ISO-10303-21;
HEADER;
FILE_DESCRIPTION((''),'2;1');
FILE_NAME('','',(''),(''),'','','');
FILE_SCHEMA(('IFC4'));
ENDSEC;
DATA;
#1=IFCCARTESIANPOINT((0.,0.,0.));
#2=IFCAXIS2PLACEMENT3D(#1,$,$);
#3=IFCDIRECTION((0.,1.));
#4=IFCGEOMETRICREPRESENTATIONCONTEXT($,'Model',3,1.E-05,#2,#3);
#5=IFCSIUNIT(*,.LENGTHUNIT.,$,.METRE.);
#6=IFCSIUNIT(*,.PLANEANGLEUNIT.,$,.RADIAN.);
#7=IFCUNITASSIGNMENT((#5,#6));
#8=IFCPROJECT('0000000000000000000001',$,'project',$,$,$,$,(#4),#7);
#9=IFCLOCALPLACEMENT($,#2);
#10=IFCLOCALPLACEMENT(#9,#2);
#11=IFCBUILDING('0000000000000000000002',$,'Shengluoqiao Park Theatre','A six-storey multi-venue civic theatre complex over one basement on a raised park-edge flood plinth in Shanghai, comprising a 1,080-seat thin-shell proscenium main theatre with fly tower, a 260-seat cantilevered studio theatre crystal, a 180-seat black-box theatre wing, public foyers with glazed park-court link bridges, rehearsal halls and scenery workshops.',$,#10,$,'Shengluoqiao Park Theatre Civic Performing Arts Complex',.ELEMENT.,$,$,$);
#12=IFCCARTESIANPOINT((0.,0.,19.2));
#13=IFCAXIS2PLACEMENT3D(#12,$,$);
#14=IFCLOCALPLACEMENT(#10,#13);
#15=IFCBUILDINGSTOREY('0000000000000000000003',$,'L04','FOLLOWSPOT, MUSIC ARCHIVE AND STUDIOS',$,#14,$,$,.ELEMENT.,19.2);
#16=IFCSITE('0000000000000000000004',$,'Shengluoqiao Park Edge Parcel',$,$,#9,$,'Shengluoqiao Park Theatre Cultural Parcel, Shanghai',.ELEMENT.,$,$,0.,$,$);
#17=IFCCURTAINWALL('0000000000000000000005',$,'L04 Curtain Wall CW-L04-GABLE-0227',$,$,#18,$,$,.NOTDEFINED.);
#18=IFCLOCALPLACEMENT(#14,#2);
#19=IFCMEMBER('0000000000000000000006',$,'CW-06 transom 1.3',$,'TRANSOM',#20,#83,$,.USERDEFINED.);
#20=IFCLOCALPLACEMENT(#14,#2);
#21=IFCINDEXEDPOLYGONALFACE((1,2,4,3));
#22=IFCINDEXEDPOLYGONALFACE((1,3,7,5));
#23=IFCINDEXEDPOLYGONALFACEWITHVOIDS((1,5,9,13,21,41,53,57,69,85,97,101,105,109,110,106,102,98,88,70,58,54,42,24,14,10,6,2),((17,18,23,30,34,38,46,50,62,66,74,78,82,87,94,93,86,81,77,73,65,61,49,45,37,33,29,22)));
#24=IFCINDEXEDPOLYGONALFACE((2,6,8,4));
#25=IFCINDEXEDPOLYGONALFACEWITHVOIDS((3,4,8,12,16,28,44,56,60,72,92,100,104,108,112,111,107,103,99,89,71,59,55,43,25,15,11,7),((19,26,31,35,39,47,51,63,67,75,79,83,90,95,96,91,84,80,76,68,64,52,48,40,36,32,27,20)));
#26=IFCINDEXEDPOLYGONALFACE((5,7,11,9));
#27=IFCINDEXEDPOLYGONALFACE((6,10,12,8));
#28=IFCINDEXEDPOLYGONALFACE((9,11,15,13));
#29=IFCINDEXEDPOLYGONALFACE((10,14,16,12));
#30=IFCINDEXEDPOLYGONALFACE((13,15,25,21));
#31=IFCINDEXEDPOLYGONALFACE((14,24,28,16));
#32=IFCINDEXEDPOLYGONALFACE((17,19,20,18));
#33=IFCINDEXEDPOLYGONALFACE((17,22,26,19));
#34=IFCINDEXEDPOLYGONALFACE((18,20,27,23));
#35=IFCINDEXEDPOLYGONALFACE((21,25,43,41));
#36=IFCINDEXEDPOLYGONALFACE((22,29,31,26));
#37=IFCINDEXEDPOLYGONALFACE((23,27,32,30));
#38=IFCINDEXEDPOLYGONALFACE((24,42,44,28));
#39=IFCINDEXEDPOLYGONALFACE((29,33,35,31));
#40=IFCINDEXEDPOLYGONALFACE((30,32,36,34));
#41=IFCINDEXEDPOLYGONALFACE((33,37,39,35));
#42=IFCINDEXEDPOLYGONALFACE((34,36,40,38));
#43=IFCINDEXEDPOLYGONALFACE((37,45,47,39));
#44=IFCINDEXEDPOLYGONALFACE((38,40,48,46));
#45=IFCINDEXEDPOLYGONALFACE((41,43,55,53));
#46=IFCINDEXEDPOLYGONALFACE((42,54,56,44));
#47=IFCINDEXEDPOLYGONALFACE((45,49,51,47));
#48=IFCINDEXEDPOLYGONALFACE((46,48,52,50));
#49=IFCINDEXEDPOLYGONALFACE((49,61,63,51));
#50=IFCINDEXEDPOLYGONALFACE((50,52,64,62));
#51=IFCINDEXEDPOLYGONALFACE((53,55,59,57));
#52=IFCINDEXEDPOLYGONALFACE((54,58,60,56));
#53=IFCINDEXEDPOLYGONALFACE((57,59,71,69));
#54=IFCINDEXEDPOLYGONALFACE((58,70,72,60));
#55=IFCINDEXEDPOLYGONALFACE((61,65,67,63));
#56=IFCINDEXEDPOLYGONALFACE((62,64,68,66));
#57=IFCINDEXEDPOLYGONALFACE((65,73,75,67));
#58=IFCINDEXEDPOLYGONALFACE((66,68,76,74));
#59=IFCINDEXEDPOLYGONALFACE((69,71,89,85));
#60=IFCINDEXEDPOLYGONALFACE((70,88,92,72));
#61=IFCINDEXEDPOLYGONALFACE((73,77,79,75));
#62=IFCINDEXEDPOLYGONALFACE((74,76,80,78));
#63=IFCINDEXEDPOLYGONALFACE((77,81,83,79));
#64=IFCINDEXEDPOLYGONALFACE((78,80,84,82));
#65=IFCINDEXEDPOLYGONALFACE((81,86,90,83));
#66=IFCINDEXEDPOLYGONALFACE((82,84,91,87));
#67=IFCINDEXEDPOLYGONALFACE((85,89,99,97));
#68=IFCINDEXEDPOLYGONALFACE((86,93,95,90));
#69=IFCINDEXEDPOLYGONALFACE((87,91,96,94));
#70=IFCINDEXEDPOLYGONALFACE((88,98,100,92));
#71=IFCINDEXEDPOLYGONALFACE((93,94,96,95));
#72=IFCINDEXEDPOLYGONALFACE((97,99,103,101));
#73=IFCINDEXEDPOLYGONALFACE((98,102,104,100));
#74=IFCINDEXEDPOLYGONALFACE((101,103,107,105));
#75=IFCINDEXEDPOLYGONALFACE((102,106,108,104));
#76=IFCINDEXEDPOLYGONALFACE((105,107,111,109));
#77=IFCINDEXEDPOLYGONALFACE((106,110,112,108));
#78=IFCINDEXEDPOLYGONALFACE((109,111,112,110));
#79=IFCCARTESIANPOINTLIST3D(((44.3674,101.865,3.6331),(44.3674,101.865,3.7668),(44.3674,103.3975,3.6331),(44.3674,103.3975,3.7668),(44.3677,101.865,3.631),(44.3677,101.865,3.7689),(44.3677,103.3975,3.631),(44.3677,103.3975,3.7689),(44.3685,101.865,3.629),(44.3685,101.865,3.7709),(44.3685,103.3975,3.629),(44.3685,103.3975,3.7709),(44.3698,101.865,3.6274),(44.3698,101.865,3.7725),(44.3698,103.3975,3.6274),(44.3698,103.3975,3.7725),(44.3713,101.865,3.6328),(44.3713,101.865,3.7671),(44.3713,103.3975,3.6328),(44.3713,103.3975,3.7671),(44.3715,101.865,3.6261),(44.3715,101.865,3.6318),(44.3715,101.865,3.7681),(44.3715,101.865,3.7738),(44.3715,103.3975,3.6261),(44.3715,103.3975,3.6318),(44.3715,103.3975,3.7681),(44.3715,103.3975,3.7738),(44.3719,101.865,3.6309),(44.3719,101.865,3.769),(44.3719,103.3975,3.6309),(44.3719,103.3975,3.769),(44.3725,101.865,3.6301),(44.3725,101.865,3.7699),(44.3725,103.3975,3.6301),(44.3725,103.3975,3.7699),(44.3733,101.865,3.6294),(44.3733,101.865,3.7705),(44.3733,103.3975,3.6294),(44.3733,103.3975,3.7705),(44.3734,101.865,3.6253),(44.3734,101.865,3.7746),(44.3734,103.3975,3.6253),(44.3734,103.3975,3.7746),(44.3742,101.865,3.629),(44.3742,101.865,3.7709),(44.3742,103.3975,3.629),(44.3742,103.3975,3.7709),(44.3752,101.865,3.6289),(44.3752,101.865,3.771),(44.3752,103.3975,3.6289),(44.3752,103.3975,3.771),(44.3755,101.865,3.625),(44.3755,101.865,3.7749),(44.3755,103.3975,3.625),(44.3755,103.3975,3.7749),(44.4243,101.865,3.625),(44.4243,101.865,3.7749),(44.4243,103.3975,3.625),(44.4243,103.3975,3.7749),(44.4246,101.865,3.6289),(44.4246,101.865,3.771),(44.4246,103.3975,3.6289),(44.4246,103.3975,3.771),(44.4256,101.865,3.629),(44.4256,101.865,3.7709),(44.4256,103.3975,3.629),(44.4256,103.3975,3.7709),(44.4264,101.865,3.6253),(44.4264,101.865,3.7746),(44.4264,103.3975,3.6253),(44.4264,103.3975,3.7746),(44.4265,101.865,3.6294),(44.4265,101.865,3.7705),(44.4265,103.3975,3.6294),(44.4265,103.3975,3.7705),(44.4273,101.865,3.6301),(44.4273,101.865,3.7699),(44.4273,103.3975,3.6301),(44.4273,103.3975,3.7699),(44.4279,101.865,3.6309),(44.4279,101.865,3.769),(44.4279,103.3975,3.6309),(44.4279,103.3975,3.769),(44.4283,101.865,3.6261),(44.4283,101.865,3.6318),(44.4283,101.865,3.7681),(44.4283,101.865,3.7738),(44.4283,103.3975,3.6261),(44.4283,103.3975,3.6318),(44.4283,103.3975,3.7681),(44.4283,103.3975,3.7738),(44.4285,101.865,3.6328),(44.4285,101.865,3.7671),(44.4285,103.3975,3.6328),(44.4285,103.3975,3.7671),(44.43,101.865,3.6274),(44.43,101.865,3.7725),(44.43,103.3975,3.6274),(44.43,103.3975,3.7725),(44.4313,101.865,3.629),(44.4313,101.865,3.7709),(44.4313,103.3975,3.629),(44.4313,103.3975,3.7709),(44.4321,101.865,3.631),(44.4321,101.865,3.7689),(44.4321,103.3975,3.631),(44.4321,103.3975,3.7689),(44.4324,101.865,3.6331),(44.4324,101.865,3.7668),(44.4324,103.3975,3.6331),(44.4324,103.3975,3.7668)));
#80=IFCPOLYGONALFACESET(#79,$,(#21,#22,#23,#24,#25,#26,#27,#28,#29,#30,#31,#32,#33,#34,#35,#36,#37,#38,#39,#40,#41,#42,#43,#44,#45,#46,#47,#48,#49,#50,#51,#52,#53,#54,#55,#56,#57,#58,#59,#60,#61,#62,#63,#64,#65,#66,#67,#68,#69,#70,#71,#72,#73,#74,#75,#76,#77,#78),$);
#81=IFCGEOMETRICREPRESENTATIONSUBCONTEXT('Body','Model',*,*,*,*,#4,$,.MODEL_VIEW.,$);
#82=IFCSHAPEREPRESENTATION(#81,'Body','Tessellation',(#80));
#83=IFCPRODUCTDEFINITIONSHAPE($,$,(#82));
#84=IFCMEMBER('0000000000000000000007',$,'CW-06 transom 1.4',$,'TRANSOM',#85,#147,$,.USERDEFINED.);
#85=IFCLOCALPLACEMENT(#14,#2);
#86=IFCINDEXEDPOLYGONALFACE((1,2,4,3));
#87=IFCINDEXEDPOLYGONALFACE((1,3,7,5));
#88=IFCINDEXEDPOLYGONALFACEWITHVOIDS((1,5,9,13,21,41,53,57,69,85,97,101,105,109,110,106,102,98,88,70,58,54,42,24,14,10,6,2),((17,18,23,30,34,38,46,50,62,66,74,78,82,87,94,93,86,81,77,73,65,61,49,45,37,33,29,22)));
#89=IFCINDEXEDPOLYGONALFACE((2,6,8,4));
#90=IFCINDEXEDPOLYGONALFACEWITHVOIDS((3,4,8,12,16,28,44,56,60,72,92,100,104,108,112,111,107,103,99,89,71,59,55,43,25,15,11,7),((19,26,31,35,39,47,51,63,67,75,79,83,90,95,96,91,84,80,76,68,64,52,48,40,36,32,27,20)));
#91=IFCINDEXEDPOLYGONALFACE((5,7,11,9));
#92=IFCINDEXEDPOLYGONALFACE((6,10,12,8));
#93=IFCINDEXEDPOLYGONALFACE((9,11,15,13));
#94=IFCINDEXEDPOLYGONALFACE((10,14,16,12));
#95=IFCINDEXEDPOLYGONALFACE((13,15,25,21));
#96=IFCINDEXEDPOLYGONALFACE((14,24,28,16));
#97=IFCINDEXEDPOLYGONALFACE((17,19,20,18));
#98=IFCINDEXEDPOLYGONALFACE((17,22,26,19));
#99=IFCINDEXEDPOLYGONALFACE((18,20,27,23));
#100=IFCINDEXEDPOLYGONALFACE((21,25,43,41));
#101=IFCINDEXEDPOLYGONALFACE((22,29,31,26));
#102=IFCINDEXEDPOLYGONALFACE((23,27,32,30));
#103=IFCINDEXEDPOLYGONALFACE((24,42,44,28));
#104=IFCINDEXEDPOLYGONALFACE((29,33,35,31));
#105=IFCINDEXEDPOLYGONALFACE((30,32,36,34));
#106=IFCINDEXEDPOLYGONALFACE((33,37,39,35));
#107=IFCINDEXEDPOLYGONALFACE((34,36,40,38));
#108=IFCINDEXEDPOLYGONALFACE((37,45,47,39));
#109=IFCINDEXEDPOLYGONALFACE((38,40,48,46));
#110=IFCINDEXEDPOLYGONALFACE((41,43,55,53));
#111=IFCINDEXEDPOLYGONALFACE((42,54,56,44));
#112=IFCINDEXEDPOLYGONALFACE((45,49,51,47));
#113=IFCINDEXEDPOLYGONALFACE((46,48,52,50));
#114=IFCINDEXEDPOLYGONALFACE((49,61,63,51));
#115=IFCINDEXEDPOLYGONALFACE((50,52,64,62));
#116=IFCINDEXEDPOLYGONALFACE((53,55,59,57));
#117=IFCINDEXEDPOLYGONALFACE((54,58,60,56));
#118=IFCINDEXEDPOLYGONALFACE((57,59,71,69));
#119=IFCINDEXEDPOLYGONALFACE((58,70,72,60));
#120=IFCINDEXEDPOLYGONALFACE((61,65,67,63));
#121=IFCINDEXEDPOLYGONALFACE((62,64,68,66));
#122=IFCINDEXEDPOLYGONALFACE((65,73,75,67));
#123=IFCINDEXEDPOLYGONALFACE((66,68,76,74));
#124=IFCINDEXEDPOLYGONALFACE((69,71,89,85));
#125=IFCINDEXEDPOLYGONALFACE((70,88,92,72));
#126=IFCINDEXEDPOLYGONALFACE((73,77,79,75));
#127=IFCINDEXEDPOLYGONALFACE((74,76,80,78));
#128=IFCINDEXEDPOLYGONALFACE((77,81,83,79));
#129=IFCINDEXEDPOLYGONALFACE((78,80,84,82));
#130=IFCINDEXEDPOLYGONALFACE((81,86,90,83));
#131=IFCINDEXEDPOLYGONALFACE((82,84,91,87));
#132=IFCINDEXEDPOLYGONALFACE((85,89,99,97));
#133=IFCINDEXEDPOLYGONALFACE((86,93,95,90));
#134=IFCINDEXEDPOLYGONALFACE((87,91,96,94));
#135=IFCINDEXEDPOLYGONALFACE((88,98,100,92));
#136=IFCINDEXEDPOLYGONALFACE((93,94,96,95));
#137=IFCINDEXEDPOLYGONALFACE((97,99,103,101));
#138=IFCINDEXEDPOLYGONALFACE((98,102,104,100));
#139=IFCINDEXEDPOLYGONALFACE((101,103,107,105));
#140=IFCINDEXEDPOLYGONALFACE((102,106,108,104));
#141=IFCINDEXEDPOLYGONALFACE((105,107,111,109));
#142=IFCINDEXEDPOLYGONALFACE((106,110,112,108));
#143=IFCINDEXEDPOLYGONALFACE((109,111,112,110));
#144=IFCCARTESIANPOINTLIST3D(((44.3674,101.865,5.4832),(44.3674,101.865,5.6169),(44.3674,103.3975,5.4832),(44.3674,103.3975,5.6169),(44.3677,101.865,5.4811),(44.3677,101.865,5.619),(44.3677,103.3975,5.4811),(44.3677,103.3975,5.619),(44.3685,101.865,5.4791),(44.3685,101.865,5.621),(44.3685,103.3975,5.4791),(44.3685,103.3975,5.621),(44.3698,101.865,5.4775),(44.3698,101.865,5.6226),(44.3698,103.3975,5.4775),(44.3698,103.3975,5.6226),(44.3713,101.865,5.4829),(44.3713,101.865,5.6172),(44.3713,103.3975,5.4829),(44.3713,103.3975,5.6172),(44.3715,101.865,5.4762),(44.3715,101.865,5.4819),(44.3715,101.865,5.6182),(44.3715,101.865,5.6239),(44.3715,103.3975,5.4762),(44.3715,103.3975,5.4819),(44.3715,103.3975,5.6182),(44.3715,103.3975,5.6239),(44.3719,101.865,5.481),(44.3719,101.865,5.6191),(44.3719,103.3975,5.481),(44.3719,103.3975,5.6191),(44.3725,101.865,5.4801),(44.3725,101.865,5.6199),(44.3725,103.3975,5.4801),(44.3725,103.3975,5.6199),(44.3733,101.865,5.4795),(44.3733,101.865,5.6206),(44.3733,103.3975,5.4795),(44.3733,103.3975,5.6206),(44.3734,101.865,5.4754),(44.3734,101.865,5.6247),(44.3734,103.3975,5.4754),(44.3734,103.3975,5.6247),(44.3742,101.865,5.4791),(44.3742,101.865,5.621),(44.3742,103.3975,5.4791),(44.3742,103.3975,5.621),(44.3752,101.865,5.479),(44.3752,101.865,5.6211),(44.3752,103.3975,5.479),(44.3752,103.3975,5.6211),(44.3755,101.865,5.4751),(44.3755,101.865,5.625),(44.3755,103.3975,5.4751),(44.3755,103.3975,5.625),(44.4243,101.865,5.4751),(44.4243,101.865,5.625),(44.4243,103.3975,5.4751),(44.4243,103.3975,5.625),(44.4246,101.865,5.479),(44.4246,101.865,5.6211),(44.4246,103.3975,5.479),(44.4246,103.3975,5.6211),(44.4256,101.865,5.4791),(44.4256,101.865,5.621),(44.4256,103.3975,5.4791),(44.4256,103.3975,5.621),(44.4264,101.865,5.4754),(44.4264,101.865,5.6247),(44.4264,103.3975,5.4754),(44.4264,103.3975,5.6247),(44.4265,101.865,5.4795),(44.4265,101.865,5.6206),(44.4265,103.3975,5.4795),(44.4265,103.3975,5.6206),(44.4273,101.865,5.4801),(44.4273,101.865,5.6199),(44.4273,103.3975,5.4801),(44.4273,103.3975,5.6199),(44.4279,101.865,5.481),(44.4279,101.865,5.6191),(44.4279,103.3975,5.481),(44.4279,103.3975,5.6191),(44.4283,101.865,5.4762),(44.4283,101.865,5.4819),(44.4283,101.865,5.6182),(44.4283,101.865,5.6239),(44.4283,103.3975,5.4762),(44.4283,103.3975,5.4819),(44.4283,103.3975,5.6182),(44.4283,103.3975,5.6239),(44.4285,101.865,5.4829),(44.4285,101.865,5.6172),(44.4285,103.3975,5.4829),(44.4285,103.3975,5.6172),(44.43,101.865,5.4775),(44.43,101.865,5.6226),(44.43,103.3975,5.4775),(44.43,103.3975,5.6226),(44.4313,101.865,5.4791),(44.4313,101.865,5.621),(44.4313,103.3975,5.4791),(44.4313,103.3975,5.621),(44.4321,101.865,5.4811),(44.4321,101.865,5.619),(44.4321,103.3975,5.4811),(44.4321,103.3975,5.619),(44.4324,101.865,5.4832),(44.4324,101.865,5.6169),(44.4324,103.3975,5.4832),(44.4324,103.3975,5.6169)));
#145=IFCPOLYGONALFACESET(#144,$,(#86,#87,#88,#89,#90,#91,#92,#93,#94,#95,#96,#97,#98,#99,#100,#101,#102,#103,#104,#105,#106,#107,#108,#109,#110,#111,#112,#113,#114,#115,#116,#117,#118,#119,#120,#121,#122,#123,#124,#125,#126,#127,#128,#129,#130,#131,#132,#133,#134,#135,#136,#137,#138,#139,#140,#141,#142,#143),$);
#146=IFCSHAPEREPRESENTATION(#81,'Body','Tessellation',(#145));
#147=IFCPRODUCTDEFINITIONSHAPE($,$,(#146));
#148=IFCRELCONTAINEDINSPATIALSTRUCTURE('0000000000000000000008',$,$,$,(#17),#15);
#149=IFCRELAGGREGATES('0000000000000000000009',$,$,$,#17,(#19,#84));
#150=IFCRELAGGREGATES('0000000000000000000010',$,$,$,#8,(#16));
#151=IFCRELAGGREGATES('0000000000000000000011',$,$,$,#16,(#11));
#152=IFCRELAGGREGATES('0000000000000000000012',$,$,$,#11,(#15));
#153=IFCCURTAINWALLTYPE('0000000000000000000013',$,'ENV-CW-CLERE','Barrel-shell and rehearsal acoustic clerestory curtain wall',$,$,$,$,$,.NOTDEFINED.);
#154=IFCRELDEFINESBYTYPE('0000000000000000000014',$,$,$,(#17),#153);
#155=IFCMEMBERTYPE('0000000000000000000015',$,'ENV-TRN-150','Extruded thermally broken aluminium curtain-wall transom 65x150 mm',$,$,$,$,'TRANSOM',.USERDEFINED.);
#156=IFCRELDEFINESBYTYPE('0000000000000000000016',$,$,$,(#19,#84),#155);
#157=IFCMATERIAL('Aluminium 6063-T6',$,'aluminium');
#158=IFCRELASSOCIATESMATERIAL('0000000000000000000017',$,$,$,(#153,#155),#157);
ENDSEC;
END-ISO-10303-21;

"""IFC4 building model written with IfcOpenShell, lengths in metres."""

from ifc_helpers import new_model, si_unit, direction, frame, origin, origin_2d, place, context, subcontext, project, spatial, hollow_rectangle, extrude, material, material_profile, profile_set, type_object, element, aggregate, save


model = new_model("IFC4")

# Units and contexts
model_context = context("Model", 3, precision=1e-05, world=origin(), true_north=direction((0.0, 1.0)))
body_context = subcontext(model_context, "Body", "Model", "MODEL_VIEW")
ifc_project = project(units=[si_unit("LENGTHUNIT", "METRE"), si_unit("PLANEANGLEUNIT", "RADIAN")], contexts=[model_context])

# Site, building, storey
site_placement = place(None, origin())
site = spatial("IfcSite", under=ifc_project, at=site_placement, Name="Shengluoqiao Park Edge Parcel", LongName="Shengluoqiao Park Theatre Cultural Parcel, Shanghai", CompositionType="ELEMENT", RefElevation=0.0)
building_placement = place(site_placement, origin())
building = spatial("IfcBuilding", under=site, at=building_placement, Name="Shengluoqiao Park Theatre", Description="A six-storey multi-venue civic theatre complex over one basement on a raised park-edge flood plinth in Shanghai, comprising a 1,080-seat thin-shell proscenium main theatre with fly tower, a 260-seat cantilevered studio theatre crystal, a 180-seat black-box theatre wing, public foyers with glazed park-court link bridges, rehearsal halls and scenery workshops.", LongName="Shengluoqiao Park Theatre Civic Performing Arts Complex", CompositionType="ELEMENT")
storey_placement = place(building_placement, frame((0.0, 0.0, 19.2)))
storey = spatial("IfcBuildingStorey", under=building, at=storey_placement, Name="L04", Description="FOLLOWSPOT, MUSIC ARCHIVE AND STUDIOS", CompositionType="ELEMENT", Elevation=19.2)

# Curtain wall, members
ifc_material_1 = material(Name="Aluminium 6063-T6", Category="aluminium")
curtain_wall_type = type_object("IfcCurtainWallType", Name="ENV-CW-CLERE", Description="Barrel-shell and rehearsal acoustic clerestory curtain wall", PredefinedType="NOTDEFINED", material=ifc_material_1)
curtain_wall_1_placement = place(storey_placement, origin())
curtain_wall_1 = element("IfcCurtainWall", 1, at=curtain_wall_1_placement, inside=storey, type_object=curtain_wall_type, Name="L04 Curtain Wall CW-L04-GABLE-0227", PredefinedType="NOTDEFINED")
ifc_material_profile = material_profile(ifc_material_1, hollow_rectangle(XDim=0.0649, YDim=0.1499, WallThickness=0.0039, InnerFilletRadius=0.0039, OuterFilletRadius=0.0081, at=origin_2d()), Name="ALU TRANSOM 150x65x4")
ifc_profile_set = profile_set([ifc_material_profile], Name="Aluminium 6063-T6")
member_type = type_object("IfcMemberType", Name="ENV-TRN-150", Description="Extruded thermally broken aluminium curtain-wall transom 65x150 mm", ElementType="TRANSOM", PredefinedType="USERDEFINED", material=ifc_profile_set)
member_1_placement = place(storey_placement, frame((44.3999, 101.865, 3.7), z_axis=(0.0, 1.0, 0.0), x_axis=(-1.0, 0.0, 0.0)))
member_1 = element("IfcMember", 2, at=member_1_placement, type_object=member_type, Name="CW-06 transom 1.3", ObjectType="TRANSOM", PredefinedType="USERDEFINED", context=body_context, shape_type="SweptSolid", body=[
    extrude(hollow_rectangle(XDim=0.0649, YDim=0.1499, WallThickness=0.0039, InnerFilletRadius=0.0039, OuterFilletRadius=0.0081, at=origin_2d()), origin(), (0.0, 0.0, 1.0), 1.5325),
])
member_2_placement = place(storey_placement, frame((44.3999, 101.865, 5.55), z_axis=(0.0, 1.0, 0.0), x_axis=(-1.0, 0.0, 0.0)))
member_2 = element("IfcMember", 3, at=member_2_placement, type_object=member_type, Name="CW-06 transom 1.4", ObjectType="TRANSOM", PredefinedType="USERDEFINED", context=body_context, shape_type="SweptSolid", body=[
    extrude(hollow_rectangle(XDim=0.0649, YDim=0.1499, WallThickness=0.0039, InnerFilletRadius=0.0039, OuterFilletRadius=0.0081, at=origin_2d()), origin(), (0.0, 0.0, 1.0), 1.5325),
])

aggregate(curtain_wall_1, [member_1, member_2])

save(model, "model.ifc")
